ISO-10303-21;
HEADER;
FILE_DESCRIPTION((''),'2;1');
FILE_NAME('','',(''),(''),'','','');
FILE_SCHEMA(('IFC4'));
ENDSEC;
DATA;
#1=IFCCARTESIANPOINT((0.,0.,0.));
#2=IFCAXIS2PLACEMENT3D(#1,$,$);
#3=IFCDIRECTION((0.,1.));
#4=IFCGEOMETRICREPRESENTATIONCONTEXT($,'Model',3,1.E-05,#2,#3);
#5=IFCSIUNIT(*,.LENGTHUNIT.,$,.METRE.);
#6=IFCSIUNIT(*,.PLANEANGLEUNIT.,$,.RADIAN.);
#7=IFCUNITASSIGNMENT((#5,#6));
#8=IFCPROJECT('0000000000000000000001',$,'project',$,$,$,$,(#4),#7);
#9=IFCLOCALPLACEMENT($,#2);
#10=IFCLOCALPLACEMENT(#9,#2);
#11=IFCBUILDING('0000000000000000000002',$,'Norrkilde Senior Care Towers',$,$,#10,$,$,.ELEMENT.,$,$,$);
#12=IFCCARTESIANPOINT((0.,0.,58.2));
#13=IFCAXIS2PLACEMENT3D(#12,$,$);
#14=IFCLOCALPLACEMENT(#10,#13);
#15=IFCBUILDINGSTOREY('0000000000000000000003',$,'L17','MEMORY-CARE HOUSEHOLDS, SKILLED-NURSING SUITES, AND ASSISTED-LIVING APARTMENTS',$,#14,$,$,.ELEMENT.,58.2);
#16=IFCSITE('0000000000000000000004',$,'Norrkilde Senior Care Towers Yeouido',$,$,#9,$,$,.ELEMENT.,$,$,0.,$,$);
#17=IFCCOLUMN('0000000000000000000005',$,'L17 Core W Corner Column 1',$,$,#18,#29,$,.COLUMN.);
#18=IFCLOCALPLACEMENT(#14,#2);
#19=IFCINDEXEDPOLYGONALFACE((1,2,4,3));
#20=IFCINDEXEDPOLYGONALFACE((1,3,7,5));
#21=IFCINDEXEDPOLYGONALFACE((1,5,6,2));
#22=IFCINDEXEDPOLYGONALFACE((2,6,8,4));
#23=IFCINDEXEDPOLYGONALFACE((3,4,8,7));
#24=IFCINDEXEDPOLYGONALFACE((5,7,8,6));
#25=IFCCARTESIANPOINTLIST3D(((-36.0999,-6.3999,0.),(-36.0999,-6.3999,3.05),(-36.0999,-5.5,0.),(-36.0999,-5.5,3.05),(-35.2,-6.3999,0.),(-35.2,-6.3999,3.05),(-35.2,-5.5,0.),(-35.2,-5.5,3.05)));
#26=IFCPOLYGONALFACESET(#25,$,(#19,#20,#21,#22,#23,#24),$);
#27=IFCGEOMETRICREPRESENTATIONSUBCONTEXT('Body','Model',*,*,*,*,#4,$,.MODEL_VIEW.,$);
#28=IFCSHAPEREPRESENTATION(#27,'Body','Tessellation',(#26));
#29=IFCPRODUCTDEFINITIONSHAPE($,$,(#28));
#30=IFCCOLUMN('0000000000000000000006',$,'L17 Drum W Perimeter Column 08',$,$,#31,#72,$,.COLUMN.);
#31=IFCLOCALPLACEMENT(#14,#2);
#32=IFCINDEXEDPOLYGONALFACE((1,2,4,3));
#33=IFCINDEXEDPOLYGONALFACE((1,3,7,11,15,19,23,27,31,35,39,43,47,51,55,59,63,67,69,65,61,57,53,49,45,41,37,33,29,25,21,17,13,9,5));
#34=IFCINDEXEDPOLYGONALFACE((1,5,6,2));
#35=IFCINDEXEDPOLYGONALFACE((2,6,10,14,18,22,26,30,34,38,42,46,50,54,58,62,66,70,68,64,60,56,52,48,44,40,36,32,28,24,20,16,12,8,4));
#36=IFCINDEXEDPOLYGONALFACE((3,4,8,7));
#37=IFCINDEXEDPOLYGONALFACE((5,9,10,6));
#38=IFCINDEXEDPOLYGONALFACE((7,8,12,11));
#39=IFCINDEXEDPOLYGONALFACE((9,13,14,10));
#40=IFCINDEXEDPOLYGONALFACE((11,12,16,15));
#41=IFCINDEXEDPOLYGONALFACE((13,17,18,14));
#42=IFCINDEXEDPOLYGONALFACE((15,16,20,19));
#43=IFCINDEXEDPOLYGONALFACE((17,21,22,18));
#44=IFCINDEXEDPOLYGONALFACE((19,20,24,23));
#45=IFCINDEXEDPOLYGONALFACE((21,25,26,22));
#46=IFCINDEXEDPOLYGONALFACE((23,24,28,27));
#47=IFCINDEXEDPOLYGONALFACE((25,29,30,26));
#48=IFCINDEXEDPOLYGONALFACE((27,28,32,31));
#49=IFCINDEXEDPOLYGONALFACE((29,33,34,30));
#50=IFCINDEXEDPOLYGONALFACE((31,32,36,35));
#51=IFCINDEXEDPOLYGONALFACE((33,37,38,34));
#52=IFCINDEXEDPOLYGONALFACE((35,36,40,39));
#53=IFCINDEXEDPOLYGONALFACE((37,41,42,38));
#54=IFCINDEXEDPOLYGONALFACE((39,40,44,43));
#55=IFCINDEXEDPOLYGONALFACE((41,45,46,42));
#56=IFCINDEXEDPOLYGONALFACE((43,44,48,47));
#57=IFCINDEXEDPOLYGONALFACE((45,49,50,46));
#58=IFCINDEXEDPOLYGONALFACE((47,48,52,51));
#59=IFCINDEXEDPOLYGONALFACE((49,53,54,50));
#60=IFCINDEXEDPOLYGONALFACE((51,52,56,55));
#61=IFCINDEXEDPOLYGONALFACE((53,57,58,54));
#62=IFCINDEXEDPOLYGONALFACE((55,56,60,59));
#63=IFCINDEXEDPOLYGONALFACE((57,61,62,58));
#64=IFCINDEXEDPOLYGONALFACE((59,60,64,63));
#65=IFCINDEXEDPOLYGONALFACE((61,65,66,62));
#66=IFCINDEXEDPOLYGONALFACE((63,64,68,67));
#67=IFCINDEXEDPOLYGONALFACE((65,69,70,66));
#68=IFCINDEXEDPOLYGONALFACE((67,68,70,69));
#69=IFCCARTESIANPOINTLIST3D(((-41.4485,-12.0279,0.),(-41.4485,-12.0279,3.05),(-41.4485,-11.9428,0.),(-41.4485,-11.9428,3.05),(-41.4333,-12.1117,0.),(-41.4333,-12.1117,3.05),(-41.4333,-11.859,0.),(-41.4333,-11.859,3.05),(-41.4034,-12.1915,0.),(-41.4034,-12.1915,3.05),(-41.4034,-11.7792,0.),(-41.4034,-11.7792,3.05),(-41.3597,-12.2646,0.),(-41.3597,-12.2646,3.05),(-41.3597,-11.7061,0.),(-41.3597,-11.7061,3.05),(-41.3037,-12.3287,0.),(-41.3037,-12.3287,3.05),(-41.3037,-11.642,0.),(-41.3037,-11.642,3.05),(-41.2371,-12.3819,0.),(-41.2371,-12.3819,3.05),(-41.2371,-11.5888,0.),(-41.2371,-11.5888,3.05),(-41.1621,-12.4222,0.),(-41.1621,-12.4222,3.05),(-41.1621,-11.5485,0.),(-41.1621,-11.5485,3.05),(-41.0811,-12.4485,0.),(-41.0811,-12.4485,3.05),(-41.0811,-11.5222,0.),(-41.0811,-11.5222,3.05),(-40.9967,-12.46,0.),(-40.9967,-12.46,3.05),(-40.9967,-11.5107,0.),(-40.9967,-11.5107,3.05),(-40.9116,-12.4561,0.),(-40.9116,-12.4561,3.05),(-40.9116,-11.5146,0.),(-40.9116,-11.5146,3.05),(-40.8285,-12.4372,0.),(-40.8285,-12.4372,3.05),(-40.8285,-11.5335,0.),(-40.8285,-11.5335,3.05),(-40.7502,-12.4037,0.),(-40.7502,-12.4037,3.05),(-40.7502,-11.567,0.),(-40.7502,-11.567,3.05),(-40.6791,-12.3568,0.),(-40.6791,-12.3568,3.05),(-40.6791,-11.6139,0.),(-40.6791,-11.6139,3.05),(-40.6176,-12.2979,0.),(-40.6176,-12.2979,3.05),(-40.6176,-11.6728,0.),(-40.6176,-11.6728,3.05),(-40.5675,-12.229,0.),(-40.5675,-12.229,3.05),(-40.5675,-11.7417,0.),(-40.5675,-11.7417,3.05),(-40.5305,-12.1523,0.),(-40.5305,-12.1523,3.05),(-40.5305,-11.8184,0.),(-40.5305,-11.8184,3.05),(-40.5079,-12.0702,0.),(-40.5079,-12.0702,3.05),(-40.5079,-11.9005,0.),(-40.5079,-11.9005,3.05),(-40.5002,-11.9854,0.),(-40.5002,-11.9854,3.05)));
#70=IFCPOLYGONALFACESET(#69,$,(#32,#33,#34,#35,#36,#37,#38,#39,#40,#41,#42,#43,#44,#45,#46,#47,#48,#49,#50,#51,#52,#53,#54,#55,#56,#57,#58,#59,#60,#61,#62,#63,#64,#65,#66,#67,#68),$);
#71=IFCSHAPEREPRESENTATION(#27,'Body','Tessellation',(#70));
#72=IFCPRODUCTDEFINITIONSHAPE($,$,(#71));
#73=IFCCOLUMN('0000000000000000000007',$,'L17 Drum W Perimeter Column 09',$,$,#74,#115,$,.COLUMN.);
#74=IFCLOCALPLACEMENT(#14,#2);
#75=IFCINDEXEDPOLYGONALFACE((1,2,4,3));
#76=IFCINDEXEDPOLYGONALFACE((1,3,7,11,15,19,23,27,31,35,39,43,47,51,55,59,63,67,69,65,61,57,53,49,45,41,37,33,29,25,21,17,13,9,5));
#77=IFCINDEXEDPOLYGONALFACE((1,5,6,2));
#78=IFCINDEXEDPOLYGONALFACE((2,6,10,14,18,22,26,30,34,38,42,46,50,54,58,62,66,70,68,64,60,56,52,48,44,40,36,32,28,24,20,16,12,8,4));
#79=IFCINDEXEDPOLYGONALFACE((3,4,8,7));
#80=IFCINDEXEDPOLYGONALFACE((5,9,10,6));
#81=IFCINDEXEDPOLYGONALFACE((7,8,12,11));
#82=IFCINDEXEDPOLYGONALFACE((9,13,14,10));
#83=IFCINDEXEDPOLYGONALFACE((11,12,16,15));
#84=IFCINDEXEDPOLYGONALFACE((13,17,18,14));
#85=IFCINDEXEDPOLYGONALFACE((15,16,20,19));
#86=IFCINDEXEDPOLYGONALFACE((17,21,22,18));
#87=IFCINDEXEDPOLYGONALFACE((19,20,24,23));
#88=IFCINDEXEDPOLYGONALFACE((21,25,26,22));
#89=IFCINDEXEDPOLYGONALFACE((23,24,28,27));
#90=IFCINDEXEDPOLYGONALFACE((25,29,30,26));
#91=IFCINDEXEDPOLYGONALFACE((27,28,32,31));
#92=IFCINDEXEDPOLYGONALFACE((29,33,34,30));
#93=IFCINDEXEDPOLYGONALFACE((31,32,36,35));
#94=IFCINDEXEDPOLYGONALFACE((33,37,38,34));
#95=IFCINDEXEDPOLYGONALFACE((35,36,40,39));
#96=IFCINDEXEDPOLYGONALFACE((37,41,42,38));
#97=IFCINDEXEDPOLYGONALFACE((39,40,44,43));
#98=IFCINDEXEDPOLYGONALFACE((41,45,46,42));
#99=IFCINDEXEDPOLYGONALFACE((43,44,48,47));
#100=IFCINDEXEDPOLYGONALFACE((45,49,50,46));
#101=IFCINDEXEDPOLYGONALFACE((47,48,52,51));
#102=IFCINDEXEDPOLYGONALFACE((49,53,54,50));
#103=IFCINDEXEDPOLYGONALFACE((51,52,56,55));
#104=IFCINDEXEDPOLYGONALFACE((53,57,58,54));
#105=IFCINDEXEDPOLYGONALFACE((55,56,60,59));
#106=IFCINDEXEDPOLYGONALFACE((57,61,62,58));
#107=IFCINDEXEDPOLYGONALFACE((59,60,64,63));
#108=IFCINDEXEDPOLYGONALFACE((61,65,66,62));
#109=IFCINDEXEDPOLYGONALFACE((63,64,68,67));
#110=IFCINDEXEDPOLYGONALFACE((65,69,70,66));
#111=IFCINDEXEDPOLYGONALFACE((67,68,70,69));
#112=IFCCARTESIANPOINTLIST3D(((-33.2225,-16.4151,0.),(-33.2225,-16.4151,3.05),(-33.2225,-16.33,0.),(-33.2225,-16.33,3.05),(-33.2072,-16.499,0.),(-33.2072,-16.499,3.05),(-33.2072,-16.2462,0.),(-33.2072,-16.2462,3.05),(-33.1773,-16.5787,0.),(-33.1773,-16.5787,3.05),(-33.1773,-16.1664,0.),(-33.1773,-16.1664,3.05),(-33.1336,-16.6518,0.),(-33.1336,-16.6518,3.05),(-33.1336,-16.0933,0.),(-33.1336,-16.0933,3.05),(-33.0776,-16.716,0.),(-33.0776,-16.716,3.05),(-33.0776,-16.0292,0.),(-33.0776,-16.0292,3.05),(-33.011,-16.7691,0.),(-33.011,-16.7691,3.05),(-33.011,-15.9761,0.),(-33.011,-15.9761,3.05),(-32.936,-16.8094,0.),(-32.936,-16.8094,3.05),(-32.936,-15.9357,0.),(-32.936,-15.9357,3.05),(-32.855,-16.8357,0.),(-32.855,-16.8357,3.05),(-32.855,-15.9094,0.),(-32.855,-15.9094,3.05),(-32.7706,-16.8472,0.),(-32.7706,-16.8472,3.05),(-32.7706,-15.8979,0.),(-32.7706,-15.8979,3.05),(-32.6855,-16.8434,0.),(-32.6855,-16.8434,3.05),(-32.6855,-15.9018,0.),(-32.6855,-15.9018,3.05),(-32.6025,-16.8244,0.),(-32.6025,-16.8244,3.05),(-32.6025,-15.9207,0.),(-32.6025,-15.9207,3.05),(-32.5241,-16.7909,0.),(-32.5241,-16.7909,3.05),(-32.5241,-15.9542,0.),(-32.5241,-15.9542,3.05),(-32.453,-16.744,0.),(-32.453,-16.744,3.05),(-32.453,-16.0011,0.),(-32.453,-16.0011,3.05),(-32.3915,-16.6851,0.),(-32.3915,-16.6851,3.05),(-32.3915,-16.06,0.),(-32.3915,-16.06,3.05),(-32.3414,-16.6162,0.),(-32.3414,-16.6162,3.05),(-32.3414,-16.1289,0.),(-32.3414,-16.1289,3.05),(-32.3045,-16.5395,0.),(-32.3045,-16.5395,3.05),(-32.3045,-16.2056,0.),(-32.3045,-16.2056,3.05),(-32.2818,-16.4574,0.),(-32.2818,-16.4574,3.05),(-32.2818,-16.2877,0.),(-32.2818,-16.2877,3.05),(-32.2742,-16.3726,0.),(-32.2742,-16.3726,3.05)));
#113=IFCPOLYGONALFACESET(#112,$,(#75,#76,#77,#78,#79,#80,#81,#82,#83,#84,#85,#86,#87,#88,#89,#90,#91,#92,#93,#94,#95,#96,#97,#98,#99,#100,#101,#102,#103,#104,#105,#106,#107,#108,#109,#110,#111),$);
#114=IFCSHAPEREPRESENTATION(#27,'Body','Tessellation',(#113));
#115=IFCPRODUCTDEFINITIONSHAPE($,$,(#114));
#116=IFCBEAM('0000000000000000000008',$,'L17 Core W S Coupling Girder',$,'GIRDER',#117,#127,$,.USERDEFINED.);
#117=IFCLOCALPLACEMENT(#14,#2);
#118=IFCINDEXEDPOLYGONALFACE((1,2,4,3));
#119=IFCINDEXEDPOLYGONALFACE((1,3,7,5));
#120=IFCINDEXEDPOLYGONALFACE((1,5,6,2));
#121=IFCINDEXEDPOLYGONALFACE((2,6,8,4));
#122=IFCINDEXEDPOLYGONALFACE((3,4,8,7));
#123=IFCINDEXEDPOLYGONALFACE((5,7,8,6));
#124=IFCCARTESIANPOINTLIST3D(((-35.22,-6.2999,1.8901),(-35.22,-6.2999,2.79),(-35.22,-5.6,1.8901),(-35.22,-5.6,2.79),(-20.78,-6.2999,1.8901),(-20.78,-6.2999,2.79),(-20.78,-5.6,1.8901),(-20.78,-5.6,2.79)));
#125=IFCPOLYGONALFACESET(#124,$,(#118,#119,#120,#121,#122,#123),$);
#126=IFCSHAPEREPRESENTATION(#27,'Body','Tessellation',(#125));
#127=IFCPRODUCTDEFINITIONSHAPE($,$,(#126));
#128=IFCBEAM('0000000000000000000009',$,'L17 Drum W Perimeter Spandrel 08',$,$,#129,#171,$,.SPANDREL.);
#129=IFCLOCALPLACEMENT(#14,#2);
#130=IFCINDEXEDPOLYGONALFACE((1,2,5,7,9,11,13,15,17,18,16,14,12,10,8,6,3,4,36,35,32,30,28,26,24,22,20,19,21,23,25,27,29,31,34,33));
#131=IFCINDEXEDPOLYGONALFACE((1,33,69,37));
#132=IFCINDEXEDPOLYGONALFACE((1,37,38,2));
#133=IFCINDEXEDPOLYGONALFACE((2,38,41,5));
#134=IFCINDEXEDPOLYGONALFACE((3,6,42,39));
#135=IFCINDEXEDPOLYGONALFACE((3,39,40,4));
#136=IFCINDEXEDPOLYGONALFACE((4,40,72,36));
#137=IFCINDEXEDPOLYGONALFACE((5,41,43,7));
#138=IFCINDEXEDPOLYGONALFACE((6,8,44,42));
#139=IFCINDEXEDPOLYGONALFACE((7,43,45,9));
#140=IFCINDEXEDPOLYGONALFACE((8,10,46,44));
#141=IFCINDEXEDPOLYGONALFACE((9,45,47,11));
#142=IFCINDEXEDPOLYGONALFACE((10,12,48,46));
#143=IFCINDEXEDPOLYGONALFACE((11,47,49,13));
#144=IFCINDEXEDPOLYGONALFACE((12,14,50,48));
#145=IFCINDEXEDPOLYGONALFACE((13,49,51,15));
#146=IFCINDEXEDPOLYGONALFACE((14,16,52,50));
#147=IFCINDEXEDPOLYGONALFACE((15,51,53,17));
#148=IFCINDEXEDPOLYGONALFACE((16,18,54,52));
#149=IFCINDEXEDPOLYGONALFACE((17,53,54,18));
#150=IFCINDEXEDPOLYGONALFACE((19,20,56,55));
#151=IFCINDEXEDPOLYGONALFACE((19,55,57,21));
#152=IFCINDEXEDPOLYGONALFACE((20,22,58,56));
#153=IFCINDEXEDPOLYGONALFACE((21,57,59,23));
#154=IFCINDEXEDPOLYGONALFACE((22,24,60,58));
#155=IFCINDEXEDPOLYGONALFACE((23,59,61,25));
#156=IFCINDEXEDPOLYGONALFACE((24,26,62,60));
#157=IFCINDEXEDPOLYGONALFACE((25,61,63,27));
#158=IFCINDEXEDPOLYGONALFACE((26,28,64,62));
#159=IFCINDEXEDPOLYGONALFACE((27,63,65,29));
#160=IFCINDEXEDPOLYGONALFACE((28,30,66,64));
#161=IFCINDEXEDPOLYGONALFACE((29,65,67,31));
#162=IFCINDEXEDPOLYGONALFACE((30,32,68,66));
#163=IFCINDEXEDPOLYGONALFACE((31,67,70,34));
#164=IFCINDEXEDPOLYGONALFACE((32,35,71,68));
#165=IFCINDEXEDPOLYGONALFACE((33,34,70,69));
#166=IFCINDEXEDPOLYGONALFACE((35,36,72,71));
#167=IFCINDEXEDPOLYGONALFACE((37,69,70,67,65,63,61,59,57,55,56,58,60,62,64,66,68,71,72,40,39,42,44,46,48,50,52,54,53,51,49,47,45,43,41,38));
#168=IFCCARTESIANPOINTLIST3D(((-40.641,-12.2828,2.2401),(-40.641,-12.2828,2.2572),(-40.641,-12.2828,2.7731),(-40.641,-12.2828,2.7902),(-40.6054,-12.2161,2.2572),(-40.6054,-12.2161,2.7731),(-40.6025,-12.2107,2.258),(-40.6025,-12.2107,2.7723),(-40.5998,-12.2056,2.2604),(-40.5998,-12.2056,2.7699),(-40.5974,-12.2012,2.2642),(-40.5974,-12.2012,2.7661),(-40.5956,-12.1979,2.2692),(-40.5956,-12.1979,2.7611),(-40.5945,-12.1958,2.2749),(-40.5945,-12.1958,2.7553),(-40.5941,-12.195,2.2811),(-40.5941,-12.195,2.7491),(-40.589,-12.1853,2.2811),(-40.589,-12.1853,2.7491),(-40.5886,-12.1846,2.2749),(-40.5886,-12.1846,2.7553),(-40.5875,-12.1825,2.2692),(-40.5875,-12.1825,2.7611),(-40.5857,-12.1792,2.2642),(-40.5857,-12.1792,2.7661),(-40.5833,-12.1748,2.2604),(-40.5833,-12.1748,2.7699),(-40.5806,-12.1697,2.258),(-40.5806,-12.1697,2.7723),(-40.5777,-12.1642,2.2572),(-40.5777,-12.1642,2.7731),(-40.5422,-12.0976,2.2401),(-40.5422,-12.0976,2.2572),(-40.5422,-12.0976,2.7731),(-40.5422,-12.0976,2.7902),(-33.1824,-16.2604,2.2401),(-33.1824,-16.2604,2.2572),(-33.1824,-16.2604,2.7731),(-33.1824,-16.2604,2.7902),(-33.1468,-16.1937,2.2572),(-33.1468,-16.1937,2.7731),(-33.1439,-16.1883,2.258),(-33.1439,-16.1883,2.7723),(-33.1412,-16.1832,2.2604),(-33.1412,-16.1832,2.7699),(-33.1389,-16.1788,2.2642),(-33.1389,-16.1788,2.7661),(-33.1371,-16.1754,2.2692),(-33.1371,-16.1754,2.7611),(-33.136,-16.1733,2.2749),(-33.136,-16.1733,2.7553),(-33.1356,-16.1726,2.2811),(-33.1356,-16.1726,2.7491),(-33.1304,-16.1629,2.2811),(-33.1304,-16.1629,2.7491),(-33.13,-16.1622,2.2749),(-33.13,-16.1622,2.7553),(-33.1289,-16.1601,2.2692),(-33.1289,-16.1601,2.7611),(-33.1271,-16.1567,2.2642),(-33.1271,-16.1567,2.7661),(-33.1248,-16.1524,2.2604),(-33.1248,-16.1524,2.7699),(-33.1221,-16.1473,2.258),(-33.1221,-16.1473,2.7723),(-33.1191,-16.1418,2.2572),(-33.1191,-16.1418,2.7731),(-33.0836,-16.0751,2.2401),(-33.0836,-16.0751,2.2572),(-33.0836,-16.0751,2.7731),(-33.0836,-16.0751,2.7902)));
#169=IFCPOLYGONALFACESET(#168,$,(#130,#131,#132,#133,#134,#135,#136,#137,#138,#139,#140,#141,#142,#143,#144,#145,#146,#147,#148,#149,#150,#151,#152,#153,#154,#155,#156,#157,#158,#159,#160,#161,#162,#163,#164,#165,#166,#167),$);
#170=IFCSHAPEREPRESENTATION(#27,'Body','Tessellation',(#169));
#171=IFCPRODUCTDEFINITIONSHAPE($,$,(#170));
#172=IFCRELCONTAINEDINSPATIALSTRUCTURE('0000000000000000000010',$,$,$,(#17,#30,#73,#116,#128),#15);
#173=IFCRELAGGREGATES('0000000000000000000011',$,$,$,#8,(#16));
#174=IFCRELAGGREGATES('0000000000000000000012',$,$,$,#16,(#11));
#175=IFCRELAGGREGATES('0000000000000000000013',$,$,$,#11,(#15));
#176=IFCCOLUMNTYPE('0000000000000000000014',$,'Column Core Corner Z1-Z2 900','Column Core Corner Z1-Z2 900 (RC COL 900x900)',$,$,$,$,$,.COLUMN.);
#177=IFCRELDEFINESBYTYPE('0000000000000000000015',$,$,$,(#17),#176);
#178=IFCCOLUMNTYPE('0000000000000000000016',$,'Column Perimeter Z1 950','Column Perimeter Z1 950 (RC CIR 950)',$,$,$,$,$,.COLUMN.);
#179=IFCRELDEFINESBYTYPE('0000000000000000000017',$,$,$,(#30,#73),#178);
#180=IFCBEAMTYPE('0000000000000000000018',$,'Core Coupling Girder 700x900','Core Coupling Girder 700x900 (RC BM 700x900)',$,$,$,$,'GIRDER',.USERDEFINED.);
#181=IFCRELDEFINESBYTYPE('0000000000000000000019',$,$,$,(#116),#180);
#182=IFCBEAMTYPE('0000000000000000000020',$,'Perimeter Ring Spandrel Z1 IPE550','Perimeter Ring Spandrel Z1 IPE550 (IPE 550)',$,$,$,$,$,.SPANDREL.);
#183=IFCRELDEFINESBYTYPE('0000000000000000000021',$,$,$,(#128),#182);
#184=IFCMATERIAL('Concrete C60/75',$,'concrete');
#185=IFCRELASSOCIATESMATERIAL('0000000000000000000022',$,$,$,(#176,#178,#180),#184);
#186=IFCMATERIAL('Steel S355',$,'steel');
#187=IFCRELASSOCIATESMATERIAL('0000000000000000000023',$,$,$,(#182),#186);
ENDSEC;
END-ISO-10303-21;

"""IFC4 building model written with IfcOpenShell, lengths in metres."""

from ifc_helpers import new_model, si_unit, direction, frame, origin, origin_2d, place, context, subcontext, project, spatial, rectangle, circle, i_section, extrude, source, transform, mapped, material, material_profile, profile_set, type_object, type_shapes, element, save


model = new_model("IFC4")

# Units and contexts
model_context = context("Model", 3, precision=1e-05, world=origin(), true_north=direction((0.0, 1.0)))
body_context = subcontext(model_context, "Body", "Model", "MODEL_VIEW")
ifc_project = project(units=[si_unit("LENGTHUNIT", "METRE"), si_unit("PLANEANGLEUNIT", "RADIAN")], contexts=[model_context])

# Site, building, storey
site_placement = place(None, origin())
site = spatial("IfcSite", under=ifc_project, at=site_placement, Name="Norrkilde Senior Care Towers Yeouido", CompositionType="ELEMENT", RefElevation=0.0)
building_placement = place(site_placement, origin())
building = spatial("IfcBuilding", under=site, at=building_placement, Name="Norrkilde Senior Care Towers", CompositionType="ELEMENT")
storey_placement = place(building_placement, frame((0.0, 0.0, 58.2)))
storey = spatial("IfcBuildingStorey", under=building, at=storey_placement, Name="L17", Description="MEMORY-CARE HOUSEHOLDS, SKILLED-NURSING SUITES, AND ASSISTED-LIVING APARTMENTS", CompositionType="ELEMENT", Elevation=58.2)

# Columns
ifc_material_1 = material(Name="Concrete C60/75", Category="concrete")
ifc_material_profile_1 = material_profile(ifc_material_1, rectangle(XDim=0.8999, YDim=0.8999, at=origin_2d()), Name="RC COL 900x900")
ifc_profile_set_1 = profile_set([ifc_material_profile_1], Name="Concrete C60/75")
column_type_1 = type_object("IfcColumnType", Name="Column Core Corner Z1-Z2 900", Description="Column Core Corner Z1-Z2 900 (RC COL 900x900)", PredefinedType="COLUMN", material=ifc_profile_set_1)
shared_shape_1 = source(origin(), body_context, "Body", "SweptSolid", [
    extrude(rectangle(XDim=0.8999, YDim=0.8999, at=origin_2d()), origin(), (0.0, 0.0, 1.0), 3.05),
])
type_shapes(column_type_1, [shared_shape_1])
column_placement = place(storey_placement, frame((-35.6499, -5.95, 0.0), z_axis=(0.0, 0.0, 1.0), x_axis=(1.0, 0.0, 0.0)))
element("IfcColumn", 1, at=column_placement, inside=storey, type_object=column_type_1, Name="L17 Core W Corner Column 1", PredefinedType="COLUMN", context=body_context, shape_type="MappedRepresentation", body=[
    mapped(shared_shape_1, transform((0.0, 0.0, 0.0), x_axis=(1.0, 0.0, 0.0), y_axis=(0.0, 1.0, 0.0), z_axis=(0.0, 0.0, 1.0), scale=1.0)),
])
ifc_material_profile_2 = material_profile(ifc_material_1, circle(Radius=0.4751, at=origin_2d()), Name="RC CIR 950")
ifc_profile_set_2 = profile_set([ifc_material_profile_2], Name="Concrete C60/75")
column_type_2 = type_object("IfcColumnType", Name="Column Perimeter Z1 950", Description="Column Perimeter Z1 950 (RC CIR 950)", PredefinedType="COLUMN", material=ifc_profile_set_2)
shared_shape_2 = source(origin(), body_context, "Body", "SweptSolid", [
    extrude(circle(Radius=0.4751, at=origin_2d()), origin(), (0.0, 0.0, 1.0), 3.05),
])
type_shapes(column_type_2, [shared_shape_2])
for number, where, z_axis, x_axis, name in (
    (2, (-40.9753, -11.9854, 0.0), (0.0, 0.0, 1.0), (1.0, 0.0, 0.0), "L17 Drum W Perimeter Column 08"),
    (3, (-32.7493, -16.3726, 0.0), (0.0, 0.0, 1.0), (1.0, 0.0, 0.0), "L17 Drum W Perimeter Column 09"),
):
    element("IfcColumn", number, at=place(storey_placement, frame(where, z_axis=z_axis, x_axis=x_axis)), inside=storey, type_object=column_type_2, Name=name, PredefinedType="COLUMN", context=body_context, shape_type="MappedRepresentation", body=[
        mapped(shared_shape_2, transform((0.0, 0.0, 0.0), x_axis=(1.0, 0.0, 0.0), y_axis=(0.0, 1.0, 0.0), z_axis=(0.0, 0.0, 1.0), scale=1.0)),
    ])

# Beams
ifc_material_profile_3 = material_profile(ifc_material_1, rectangle(XDim=0.7, YDim=0.8999, at=origin_2d()), Name="RC BM 700x900")
ifc_profile_set_3 = profile_set([ifc_material_profile_3], Name="Concrete C60/75")
beam_type_1 = type_object("IfcBeamType", Name="Core Coupling Girder 700x900", Description="Core Coupling Girder 700x900 (RC BM 700x900)", ElementType="GIRDER", PredefinedType="USERDEFINED", material=ifc_profile_set_3)
shared_shape_3 = source(origin(), body_context, "Body", "SweptSolid", [
    extrude(rectangle(XDim=0.7, YDim=0.8999, at=origin_2d()), origin(), (0.0, 0.0, 1.0), 14.4399),
])
type_shapes(beam_type_1, [shared_shape_3])
beam_1_placement = place(storey_placement, frame((-35.22, -5.95, 2.3401), z_axis=(1.0, 0.0, 0.0), x_axis=(0.0, 1.0, 0.0)))
element("IfcBeam", 4, at=beam_1_placement, inside=storey, type_object=beam_type_1, Name="L17 Core W S Coupling Girder", ObjectType="GIRDER", PredefinedType="USERDEFINED", context=body_context, shape_type="MappedRepresentation", body=[
    mapped(shared_shape_3, transform((0.0, 0.0, 0.0), x_axis=(1.0, 0.0, 0.0), y_axis=(0.0, 1.0, 0.0), z_axis=(0.0, 0.0, 1.0), scale=1.0)),
])
ifc_material_2 = material(Name="Steel S355", Category="steel")
ifc_material_profile_4 = material_profile(ifc_material_2, i_section(OverallWidth=0.21, OverallDepth=0.55, WebThickness=0.011, FlangeThickness=0.0171, FilletRadius=0.0239, at=origin_2d()), Name="IPE 550")
ifc_profile_set_4 = profile_set([ifc_material_profile_4], Name="Steel S355")
beam_type_2 = type_object("IfcBeamType", Name="Perimeter Ring Spandrel Z1 IPE550", Description="Perimeter Ring Spandrel Z1 IPE550 (IPE 550)", PredefinedType="SPANDREL", material=ifc_profile_set_4)
shared_shape_4 = source(origin(), body_context, "Body", "SweptSolid", [
    extrude(i_section(OverallWidth=0.21, OverallDepth=0.55, WebThickness=0.011, FlangeThickness=0.0171, FilletRadius=0.0239, at=origin_2d()), origin(), (0.0, 0.0, 1.0), 8.4529),
])
beam_2_placement = place(storey_placement, frame((-40.5916, -12.1902, 2.5151), z_axis=(0.882369, -0.470558, 0.0), x_axis=(0.470558, 0.882369, 0.0)))
element("IfcBeam", 5, at=beam_2_placement, inside=storey, type_object=beam_type_2, Name="L17 Drum W Perimeter Spandrel 08", PredefinedType="SPANDREL", context=body_context, shape_type="MappedRepresentation", body=[
    mapped(shared_shape_4, transform((0.0, 0.0, 0.0), x_axis=(1.0, 0.0, 0.0), y_axis=(0.0, 1.0, 0.0), z_axis=(0.0, 0.0, 1.0), scale=1.0)),
])

save(model, "model.ifc")
